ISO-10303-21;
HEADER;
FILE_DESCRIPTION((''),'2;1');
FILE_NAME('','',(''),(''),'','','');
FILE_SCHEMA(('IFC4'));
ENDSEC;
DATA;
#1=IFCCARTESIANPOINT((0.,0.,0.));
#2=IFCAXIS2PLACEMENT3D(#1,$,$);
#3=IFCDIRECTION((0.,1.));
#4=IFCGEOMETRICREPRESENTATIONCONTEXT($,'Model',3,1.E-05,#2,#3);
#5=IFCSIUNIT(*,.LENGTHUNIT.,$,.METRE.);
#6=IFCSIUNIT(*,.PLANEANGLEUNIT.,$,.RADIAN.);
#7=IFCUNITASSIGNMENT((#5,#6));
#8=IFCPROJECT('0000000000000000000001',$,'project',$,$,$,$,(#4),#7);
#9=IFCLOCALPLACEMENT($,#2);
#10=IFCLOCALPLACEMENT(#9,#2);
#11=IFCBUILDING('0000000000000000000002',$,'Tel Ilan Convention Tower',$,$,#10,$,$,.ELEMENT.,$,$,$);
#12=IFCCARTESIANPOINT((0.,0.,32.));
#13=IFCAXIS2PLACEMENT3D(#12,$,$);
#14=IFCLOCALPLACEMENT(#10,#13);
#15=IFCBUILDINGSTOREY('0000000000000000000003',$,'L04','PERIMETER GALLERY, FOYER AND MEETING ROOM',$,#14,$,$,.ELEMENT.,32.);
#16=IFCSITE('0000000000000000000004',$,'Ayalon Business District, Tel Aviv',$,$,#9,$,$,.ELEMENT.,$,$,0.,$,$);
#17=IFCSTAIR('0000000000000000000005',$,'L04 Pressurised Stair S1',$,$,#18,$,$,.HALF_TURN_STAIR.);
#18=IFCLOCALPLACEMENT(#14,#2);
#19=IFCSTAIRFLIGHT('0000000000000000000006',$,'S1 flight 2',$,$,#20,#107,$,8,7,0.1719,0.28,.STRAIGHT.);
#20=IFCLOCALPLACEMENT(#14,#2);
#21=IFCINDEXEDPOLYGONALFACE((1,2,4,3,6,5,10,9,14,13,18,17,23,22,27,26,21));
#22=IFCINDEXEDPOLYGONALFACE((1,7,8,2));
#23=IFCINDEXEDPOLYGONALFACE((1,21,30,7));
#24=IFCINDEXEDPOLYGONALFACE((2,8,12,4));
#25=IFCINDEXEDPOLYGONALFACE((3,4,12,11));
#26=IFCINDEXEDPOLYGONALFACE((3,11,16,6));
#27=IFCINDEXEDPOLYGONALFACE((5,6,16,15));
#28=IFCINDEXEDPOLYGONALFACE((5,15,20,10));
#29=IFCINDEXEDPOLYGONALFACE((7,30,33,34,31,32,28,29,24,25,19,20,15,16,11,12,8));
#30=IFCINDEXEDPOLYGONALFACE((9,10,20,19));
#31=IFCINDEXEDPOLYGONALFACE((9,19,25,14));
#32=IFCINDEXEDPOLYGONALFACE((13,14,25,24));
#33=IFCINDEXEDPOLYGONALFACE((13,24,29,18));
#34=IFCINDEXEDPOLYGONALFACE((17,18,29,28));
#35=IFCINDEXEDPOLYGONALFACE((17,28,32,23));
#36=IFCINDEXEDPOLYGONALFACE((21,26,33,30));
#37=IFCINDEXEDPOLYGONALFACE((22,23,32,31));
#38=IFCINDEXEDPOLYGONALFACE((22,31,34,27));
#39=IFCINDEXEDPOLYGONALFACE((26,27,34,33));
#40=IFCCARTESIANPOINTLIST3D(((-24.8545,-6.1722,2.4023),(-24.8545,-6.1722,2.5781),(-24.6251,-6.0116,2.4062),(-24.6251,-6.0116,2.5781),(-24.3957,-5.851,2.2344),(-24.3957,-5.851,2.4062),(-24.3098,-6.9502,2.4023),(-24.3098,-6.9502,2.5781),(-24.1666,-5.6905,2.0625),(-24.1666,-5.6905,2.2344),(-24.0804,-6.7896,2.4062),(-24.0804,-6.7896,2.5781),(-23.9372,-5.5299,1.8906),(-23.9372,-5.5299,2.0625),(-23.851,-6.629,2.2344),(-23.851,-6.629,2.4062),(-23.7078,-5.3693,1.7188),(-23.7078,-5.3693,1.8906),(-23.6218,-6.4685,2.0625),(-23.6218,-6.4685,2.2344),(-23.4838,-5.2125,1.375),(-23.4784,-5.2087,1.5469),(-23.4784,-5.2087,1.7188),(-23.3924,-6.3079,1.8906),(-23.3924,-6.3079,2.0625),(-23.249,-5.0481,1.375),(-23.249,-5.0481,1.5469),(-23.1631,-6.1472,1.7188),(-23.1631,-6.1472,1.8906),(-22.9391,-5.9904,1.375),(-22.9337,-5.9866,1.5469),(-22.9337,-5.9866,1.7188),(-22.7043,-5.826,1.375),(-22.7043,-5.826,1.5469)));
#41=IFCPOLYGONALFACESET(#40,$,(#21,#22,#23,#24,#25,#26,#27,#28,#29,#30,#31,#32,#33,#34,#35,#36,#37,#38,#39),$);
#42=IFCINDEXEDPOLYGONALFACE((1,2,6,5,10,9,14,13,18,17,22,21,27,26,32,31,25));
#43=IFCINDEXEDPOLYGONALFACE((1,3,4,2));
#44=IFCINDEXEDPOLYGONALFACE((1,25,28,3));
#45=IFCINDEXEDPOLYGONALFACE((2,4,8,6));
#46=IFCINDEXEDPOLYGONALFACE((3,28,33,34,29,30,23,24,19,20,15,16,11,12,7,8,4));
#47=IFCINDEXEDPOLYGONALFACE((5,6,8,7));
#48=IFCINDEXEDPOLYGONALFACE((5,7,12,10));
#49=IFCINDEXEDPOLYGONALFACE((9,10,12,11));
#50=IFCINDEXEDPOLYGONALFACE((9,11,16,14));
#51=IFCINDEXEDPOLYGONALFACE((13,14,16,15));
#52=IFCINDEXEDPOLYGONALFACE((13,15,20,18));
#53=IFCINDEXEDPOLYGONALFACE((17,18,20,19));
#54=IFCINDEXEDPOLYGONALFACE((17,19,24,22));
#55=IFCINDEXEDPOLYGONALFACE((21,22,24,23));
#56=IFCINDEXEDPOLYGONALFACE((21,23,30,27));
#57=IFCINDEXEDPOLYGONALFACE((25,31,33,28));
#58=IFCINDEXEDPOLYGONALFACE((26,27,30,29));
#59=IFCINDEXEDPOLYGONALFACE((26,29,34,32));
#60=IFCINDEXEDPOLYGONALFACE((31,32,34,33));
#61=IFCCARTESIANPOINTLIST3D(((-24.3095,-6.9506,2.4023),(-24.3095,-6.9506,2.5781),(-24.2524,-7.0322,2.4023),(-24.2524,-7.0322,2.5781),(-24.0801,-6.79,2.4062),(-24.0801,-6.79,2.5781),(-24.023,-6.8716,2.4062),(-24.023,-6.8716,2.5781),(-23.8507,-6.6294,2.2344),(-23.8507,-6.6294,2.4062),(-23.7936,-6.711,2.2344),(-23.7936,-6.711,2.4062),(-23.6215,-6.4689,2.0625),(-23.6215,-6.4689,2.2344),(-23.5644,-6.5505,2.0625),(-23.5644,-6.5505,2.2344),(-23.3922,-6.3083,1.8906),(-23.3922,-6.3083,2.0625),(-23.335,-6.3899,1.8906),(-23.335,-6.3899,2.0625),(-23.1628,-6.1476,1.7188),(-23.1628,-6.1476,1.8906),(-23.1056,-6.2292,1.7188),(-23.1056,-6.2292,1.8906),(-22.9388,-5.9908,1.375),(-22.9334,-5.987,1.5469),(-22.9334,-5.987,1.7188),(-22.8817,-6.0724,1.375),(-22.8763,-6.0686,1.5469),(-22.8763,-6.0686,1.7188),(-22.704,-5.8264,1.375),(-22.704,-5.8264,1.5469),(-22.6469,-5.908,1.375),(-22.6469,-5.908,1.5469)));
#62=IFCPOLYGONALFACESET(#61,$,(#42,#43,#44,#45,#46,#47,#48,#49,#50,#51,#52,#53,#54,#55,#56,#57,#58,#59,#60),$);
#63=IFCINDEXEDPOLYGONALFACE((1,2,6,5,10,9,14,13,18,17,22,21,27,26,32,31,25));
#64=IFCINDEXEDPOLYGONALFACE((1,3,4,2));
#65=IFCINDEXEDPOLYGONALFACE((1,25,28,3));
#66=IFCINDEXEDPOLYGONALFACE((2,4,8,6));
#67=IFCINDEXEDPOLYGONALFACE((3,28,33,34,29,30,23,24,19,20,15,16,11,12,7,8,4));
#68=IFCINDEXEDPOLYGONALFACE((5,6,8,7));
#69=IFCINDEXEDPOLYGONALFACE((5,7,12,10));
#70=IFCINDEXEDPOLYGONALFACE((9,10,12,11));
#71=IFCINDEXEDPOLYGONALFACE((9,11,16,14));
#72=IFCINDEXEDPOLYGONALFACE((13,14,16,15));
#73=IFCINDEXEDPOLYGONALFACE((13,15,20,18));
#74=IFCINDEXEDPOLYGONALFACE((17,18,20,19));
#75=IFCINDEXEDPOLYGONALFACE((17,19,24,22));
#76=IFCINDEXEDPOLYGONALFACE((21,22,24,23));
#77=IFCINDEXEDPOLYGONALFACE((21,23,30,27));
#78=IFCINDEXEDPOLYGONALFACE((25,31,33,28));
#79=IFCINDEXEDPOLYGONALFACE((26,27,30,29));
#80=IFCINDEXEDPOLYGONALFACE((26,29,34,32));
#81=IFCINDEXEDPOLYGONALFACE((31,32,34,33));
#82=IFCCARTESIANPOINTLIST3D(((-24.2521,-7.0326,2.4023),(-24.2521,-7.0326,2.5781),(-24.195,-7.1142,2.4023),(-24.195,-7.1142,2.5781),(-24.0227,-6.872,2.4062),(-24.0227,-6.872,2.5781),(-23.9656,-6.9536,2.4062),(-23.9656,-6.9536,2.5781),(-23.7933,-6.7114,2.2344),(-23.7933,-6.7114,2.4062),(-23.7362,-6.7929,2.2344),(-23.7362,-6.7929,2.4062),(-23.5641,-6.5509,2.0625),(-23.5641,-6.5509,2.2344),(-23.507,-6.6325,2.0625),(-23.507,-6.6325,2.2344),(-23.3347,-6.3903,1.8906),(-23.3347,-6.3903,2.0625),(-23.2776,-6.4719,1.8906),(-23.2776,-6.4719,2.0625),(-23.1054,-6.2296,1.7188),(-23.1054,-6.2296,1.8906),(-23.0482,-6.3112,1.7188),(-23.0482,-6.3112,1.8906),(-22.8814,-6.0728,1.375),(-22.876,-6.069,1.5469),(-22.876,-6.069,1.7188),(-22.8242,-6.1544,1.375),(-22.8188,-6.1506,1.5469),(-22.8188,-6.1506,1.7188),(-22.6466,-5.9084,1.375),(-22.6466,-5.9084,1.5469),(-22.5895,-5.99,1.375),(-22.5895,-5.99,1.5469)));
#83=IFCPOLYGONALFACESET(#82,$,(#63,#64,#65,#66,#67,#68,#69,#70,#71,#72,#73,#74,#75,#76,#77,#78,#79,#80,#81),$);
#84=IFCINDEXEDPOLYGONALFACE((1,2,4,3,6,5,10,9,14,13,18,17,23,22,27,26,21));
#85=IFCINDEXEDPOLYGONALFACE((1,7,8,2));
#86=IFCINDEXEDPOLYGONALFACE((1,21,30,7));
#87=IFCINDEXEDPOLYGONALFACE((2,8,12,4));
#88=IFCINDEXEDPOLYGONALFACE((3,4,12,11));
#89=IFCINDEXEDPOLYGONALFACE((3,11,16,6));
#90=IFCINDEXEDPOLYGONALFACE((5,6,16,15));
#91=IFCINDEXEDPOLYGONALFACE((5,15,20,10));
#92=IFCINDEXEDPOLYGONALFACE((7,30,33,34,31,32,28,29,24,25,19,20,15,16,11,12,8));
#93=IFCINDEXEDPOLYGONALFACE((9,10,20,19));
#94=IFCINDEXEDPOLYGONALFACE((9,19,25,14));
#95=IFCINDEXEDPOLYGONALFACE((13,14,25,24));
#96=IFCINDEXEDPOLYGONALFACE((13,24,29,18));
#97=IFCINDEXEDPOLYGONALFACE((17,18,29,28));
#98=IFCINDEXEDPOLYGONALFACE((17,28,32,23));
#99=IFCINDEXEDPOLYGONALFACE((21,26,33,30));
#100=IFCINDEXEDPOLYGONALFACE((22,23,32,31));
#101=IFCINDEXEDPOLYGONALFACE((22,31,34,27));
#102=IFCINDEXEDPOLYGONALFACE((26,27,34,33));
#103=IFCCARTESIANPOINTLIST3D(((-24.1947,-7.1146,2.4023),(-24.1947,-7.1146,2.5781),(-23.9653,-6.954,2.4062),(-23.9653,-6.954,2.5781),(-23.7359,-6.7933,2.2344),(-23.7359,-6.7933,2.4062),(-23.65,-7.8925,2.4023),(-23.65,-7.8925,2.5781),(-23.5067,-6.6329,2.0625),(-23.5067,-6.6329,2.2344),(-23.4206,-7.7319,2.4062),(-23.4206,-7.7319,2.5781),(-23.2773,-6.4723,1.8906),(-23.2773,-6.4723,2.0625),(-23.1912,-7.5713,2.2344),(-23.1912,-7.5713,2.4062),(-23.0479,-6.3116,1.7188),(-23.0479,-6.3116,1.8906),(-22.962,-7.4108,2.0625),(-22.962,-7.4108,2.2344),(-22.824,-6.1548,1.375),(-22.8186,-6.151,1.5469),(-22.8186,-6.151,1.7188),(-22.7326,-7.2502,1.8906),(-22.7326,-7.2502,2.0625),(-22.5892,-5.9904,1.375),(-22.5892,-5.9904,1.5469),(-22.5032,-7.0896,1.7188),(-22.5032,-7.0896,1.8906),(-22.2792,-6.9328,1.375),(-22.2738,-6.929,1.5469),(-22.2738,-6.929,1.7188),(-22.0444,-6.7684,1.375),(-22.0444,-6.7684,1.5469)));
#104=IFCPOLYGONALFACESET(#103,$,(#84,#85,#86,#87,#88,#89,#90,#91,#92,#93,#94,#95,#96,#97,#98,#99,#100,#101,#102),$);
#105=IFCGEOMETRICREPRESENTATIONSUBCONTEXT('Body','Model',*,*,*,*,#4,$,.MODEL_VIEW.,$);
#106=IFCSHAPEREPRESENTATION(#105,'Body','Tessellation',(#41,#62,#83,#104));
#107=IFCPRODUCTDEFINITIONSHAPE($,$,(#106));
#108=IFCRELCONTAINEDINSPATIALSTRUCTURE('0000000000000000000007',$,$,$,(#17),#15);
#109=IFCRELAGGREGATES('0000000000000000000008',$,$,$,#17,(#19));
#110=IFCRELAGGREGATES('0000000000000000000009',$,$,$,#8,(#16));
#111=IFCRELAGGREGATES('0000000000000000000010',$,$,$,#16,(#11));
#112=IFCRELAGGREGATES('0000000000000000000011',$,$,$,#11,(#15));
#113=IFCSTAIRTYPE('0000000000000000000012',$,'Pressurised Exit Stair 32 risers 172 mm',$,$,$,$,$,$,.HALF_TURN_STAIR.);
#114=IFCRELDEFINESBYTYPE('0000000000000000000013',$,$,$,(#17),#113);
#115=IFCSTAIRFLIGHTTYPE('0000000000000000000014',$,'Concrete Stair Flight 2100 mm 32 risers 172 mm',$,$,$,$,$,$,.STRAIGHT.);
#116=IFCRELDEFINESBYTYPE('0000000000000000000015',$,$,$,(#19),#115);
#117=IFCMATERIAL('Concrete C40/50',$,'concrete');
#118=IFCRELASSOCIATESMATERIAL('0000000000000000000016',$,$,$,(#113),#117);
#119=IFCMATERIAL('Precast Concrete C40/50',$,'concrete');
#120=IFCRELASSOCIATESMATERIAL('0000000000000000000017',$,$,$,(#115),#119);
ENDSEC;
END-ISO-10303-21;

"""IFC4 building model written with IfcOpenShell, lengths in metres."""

from ifc_helpers import new_model, si_unit, direction, frame, origin, place, context, subcontext, project, spatial, polyline, outline, extrude, material, type_object, element, aggregate, save


model = new_model("IFC4")

# Units and contexts
model_context = context("Model", 3, precision=1e-05, world=origin(), true_north=direction((0.0, 1.0)))
body_context = subcontext(model_context, "Body", "Model", "MODEL_VIEW")
ifc_project = project(units=[si_unit("LENGTHUNIT", "METRE"), si_unit("PLANEANGLEUNIT", "RADIAN")], contexts=[model_context])

# Site, building, storey
site_placement = place(None, origin())
site = spatial("IfcSite", under=ifc_project, at=site_placement, Name="Ayalon Business District, Tel Aviv", CompositionType="ELEMENT", RefElevation=0.0)
building_placement = place(site_placement, origin())
building = spatial("IfcBuilding", under=site, at=building_placement, Name="Tel Ilan Convention Tower", CompositionType="ELEMENT")
storey_placement = place(building_placement, frame((0.0, 0.0, 32.0)))
storey = spatial("IfcBuildingStorey", under=building, at=storey_placement, Name="L04", Description="PERIMETER GALLERY, FOYER AND MEETING ROOM", CompositionType="ELEMENT", Elevation=32.0)

# Stair, stair flight
ifc_material_1 = material(Name="Concrete C40/50", Category="concrete")
stair_type = type_object("IfcStairType", Name="Pressurised Exit Stair 32 risers 172 mm", PredefinedType="HALF_TURN_STAIR", material=ifc_material_1)
stair_placement = place(storey_placement, origin())
stair = element("IfcStair", 1, at=stair_placement, inside=storey, type_object=stair_type, Name="L04 Pressurised Stair S1", PredefinedType="HALF_TURN_STAIR")
ifc_material_2 = material(Name="Precast Concrete C40/50", Category="concrete")
stair_flight_type = type_object("IfcStairFlightType", Name="Concrete Stair Flight 2100 mm 32 risers 172 mm", PredefinedType="STRAIGHT", material=ifc_material_2)
stair_flight_1_placement = place(storey_placement, frame((-22.6467, -5.9082, 1.375), z_axis=(0.0, 0.0, 1.0), x_axis=(-0.819152, -0.573576, 0.0)))
stair_flight_1 = element("IfcStairFlight", 2, at=stair_flight_1_placement, type_object=stair_flight_type, Name="S1 flight 2", NumberOfRisers=8, NumberOfTreads=7, PredefinedType="STRAIGHT", RiserHeight=0.1719, TreadLength=0.28, context=body_context, shape_type="SweptSolid", body=[
    extrude(outline(polyline([(0.0, 0.0), (0.0, 0.1719), (0.28, 0.1719), (0.28, 0.3438), (0.5601, 0.3438), (0.5601, 0.5156), (0.8401, 0.5156), (0.8401, 0.6875), (1.1201, 0.6875), (1.1201, 0.8594), (1.3999, 0.8594), (1.3999, 1.0312), (1.6799, 1.0312), (1.6799, 1.2031), (1.96, 1.2031), (1.96, 1.375), (1.96, 1.0273), (0.2866, 0.0), (0.0, 0.0)])), frame((0.0, -0.1003, 0.0), z_axis=(0.0, -1.0, 0.0), x_axis=(1.0, 0.0, 0.0)), (0.0, 0.0, 1.0), 0.9497),
    extrude(outline(polyline([(0.0, 0.0), (0.0, 0.1719), (0.28, 0.1719), (0.28, 0.3438), (0.5601, 0.3438), (0.5601, 0.5156), (0.8401, 0.5156), (0.8401, 0.6875), (1.1201, 0.6875), (1.1201, 0.8594), (1.3999, 0.8594), (1.3999, 1.0312), (1.6799, 1.0312), (1.6799, 1.2031), (1.96, 1.2031), (1.96, 1.375), (1.96, 1.0273), (0.2866, 0.0), (0.0, 0.0)])), frame((0.0, -0.0002, 0.0), z_axis=(0.0, -1.0, 0.0), x_axis=(1.0, 0.0, 0.0)), (0.0, 0.0, 1.0), 0.0996),
    extrude(outline(polyline([(0.0, 0.0), (0.0, 0.1719), (0.28, 0.1719), (0.28, 0.3438), (0.5601, 0.3438), (0.5601, 0.5156), (0.8401, 0.5156), (0.8401, 0.6875), (1.1201, 0.6875), (1.1201, 0.8594), (1.3999, 0.8594), (1.3999, 1.0312), (1.6799, 1.0312), (1.6799, 1.2031), (1.96, 1.2031), (1.96, 1.375), (1.96, 1.0273), (0.2866, 0.0), (0.0, 0.0)])), frame((0.0, 0.0999, 0.0), z_axis=(0.0, -1.0, 0.0), x_axis=(1.0, 0.0, 0.0)), (0.0, 0.0, 1.0), 0.0996),
    extrude(outline(polyline([(0.0, 0.0), (0.0, 0.1719), (0.28, 0.1719), (0.28, 0.3438), (0.5601, 0.3438), (0.5601, 0.5156), (0.8401, 0.5156), (0.8401, 0.6875), (1.1201, 0.6875), (1.1201, 0.8594), (1.3999, 0.8594), (1.3999, 1.0312), (1.6799, 1.0312), (1.6799, 1.2031), (1.96, 1.2031), (1.96, 1.375), (1.96, 1.0273), (0.2866, 0.0), (0.0, 0.0)])), frame((0.0, 1.05, 0.0), z_axis=(0.0, -1.0, 0.0), x_axis=(1.0, 0.0, 0.0)), (0.0, 0.0, 1.0), 0.9497),
])
aggregate(stair, [stair_flight_1])

save(model, "model.ifc")
